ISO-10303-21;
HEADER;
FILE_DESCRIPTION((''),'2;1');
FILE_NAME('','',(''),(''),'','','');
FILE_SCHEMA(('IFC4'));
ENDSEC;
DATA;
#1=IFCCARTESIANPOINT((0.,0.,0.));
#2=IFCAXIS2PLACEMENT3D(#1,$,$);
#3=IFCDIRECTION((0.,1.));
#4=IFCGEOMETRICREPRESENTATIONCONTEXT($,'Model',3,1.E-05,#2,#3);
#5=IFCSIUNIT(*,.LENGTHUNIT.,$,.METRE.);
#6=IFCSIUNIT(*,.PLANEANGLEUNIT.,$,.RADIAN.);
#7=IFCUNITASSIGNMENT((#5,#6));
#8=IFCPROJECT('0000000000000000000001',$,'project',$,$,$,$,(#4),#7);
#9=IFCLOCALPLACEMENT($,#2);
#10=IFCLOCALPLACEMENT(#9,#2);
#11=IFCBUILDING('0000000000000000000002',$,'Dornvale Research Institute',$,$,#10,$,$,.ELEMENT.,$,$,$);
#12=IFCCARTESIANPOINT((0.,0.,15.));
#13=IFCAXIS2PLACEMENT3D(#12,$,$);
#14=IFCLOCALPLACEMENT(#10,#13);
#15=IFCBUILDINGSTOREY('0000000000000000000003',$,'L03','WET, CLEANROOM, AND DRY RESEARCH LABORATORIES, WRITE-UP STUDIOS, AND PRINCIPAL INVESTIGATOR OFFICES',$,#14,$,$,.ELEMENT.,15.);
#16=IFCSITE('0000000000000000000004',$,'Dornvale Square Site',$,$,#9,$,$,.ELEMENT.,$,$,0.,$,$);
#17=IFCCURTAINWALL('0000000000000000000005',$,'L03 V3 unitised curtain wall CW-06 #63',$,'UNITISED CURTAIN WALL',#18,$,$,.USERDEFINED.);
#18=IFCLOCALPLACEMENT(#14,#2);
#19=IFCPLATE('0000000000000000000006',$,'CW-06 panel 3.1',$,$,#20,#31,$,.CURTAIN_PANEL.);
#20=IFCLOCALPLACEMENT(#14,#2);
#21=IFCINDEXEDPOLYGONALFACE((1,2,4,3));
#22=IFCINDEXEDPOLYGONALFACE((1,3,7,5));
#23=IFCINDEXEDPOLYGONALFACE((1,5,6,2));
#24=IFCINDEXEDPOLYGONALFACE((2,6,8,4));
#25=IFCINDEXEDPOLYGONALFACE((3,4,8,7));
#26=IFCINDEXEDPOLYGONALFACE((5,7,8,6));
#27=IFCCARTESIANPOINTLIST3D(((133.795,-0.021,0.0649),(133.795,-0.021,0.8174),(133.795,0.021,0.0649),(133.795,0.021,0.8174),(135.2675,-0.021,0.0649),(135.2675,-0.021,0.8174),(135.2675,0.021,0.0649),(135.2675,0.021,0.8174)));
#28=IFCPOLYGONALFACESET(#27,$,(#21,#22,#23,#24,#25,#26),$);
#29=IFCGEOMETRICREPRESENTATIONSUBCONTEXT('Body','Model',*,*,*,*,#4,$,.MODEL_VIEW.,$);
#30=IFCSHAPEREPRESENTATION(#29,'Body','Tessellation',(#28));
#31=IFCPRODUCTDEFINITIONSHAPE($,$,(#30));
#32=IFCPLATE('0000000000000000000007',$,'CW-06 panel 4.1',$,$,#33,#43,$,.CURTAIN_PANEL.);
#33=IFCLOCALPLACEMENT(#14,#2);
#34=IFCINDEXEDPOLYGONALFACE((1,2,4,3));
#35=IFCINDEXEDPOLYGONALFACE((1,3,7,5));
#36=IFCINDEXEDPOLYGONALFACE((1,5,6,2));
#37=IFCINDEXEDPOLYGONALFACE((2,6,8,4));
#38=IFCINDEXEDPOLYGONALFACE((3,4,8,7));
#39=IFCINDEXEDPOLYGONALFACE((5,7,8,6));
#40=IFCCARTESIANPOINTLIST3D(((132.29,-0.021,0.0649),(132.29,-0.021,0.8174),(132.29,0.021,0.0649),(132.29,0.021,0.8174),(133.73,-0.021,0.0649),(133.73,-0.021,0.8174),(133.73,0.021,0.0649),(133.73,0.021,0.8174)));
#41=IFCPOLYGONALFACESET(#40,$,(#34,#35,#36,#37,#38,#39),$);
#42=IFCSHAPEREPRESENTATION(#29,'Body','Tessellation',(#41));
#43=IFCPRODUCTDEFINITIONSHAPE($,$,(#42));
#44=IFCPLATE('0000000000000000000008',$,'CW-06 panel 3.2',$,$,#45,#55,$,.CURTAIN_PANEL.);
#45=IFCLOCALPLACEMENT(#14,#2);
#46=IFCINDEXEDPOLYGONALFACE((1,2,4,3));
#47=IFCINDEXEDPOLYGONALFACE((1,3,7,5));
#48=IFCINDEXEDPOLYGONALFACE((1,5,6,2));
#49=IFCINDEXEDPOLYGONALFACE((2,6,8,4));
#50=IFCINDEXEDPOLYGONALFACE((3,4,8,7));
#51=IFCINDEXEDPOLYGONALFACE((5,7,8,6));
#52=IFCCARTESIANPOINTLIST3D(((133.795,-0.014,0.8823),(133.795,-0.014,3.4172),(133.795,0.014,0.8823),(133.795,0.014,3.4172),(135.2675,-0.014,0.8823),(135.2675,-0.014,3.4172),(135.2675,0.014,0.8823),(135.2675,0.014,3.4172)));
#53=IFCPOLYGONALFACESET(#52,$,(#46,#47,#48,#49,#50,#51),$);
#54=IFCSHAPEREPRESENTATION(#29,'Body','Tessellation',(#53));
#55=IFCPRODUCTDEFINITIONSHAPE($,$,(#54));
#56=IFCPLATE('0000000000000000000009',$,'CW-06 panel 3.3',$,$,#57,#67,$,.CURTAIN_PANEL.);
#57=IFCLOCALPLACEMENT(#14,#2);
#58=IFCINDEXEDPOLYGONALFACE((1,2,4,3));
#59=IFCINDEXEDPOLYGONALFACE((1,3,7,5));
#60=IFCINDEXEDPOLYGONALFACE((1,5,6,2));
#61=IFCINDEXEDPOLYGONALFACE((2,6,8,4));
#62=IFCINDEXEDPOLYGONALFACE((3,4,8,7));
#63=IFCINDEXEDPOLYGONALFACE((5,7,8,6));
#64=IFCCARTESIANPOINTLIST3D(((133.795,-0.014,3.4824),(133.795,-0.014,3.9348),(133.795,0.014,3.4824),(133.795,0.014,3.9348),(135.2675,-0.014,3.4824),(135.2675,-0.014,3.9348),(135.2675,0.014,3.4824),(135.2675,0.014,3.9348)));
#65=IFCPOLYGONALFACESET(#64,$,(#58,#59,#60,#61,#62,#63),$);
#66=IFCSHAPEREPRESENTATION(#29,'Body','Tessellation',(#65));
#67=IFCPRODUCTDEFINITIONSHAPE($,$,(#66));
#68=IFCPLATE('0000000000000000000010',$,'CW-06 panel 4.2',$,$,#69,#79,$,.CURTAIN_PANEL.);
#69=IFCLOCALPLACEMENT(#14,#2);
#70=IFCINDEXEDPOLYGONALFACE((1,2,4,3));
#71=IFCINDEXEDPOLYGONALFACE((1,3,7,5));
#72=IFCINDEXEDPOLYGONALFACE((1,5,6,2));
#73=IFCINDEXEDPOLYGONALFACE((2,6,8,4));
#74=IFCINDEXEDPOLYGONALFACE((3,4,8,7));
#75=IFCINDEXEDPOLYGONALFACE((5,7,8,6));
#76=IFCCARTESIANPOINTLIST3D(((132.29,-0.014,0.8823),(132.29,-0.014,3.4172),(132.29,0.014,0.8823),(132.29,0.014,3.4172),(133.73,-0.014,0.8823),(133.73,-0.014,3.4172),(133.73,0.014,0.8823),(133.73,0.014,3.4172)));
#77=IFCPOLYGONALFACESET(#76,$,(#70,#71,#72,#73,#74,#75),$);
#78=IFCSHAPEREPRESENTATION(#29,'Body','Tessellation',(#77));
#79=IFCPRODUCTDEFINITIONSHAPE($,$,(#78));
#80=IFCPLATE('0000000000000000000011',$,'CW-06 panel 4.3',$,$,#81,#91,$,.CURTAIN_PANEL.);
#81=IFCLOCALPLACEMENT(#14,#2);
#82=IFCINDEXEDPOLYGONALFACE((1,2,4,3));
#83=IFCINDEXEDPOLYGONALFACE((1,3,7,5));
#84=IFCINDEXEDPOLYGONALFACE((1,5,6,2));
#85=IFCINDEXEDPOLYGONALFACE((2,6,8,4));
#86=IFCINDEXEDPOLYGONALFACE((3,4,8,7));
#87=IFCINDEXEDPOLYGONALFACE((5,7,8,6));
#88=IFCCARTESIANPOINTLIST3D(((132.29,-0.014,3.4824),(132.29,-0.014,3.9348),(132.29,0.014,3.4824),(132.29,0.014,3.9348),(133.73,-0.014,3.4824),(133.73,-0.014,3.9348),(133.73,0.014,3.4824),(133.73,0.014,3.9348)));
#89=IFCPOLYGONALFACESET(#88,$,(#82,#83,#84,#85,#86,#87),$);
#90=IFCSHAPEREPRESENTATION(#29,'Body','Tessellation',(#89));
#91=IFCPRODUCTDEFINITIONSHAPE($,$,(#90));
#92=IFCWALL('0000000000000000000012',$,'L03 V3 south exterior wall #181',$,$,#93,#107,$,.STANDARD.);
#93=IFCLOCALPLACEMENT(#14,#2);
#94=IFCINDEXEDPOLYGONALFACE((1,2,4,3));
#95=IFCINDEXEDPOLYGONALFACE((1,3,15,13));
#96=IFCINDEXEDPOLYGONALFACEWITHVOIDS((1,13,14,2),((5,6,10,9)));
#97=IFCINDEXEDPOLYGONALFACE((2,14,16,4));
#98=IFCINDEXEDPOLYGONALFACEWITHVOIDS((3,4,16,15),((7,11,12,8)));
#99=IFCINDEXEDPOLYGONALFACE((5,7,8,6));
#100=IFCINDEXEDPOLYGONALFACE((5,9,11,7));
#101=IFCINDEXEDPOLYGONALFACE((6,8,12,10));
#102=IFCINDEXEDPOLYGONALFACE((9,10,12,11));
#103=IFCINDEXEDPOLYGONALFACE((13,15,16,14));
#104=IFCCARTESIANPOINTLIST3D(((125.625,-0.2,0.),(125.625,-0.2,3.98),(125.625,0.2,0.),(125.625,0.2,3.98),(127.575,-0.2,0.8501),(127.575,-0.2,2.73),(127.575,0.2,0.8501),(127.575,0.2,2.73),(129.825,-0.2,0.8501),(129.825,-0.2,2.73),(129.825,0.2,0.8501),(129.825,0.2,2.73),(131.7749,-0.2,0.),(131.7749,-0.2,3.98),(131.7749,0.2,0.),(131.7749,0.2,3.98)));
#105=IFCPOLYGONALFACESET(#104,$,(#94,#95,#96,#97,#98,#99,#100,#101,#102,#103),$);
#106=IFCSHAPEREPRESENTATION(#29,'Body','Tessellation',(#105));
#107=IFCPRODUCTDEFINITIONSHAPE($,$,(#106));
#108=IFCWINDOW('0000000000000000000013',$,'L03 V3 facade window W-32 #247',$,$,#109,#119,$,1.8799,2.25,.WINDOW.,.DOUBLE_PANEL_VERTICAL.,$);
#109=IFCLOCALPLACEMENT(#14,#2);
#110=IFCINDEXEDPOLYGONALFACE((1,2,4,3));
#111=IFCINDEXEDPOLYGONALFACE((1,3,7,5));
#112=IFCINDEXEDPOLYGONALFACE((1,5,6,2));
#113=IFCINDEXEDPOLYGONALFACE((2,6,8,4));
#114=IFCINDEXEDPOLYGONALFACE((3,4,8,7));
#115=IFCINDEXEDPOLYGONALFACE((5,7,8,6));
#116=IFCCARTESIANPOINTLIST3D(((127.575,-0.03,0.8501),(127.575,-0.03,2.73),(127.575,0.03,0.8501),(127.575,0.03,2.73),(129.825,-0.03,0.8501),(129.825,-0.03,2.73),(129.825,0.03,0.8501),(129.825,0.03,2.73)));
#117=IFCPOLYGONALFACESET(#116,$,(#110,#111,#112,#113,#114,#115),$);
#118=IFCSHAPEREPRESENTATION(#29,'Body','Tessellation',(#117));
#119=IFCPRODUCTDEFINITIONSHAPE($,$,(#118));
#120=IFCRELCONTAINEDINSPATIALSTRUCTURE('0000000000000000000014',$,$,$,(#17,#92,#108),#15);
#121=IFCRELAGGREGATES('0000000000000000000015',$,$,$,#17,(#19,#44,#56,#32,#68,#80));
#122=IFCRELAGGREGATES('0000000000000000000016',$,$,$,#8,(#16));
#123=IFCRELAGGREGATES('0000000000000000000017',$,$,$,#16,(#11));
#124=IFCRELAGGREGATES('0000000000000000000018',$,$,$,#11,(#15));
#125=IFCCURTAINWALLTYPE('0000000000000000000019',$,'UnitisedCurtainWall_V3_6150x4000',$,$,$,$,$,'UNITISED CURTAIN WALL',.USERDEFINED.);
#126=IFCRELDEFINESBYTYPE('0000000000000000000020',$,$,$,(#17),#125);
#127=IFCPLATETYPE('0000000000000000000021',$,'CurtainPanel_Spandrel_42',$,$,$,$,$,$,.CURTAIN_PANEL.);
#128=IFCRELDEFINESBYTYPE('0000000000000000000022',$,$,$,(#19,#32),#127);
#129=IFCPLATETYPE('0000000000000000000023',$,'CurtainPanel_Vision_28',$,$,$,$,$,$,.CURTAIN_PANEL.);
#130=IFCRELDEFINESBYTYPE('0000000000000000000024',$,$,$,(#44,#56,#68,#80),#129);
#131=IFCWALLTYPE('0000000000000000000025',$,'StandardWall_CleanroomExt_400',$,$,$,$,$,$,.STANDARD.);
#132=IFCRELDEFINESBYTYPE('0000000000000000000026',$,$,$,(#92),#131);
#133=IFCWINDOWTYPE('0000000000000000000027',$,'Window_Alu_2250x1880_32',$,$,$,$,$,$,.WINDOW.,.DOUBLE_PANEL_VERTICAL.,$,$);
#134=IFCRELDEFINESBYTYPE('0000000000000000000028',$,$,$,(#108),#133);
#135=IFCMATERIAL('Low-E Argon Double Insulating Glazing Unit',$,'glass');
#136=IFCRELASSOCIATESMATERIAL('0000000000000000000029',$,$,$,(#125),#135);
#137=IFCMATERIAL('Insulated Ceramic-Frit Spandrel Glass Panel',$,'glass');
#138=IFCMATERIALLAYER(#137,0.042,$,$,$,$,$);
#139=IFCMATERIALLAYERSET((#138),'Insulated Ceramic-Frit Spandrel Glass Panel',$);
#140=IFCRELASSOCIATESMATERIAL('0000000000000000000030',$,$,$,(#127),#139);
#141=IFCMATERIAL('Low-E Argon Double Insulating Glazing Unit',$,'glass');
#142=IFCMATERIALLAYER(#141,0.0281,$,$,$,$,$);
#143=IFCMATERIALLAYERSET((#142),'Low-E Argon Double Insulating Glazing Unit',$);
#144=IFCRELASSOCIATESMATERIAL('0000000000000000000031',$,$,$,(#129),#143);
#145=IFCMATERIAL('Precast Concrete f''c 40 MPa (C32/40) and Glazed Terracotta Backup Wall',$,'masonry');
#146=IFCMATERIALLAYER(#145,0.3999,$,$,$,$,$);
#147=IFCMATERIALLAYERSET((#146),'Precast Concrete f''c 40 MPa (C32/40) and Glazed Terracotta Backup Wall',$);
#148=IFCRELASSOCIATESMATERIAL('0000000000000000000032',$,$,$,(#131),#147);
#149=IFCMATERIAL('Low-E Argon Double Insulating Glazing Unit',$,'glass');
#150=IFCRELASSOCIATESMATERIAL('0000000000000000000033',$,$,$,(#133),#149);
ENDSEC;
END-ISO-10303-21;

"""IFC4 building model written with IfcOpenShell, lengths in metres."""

from ifc_helpers import new_model, si_unit, direction, frame, frame_2d, origin, origin_2d, place, context, subcontext, project, spatial, rectangle, extrude, material, layer, layer_set, type_object, element, fill, aggregate, save


model = new_model("IFC4")

# Units and contexts
model_context = context("Model", 3, precision=1e-05, world=origin(), true_north=direction((0.0, 1.0)))
body_context = subcontext(model_context, "Body", "Model", "MODEL_VIEW")
ifc_project = project(units=[si_unit("LENGTHUNIT", "METRE"), si_unit("PLANEANGLEUNIT", "RADIAN")], contexts=[model_context])

# Site, building, storey
site_placement = place(None, origin())
site = spatial("IfcSite", under=ifc_project, at=site_placement, Name="Dornvale Square Site", CompositionType="ELEMENT", RefElevation=0.0)
building_placement = place(site_placement, origin())
building = spatial("IfcBuilding", under=site, at=building_placement, Name="Dornvale Research Institute", CompositionType="ELEMENT")
storey_placement = place(building_placement, frame((0.0, 0.0, 15.0)))
storey = spatial("IfcBuildingStorey", under=building, at=storey_placement, Name="L03", Description="WET, CLEANROOM, AND DRY RESEARCH LABORATORIES, WRITE-UP STUDIOS, AND PRINCIPAL INVESTIGATOR OFFICES", CompositionType="ELEMENT", Elevation=15.0)

# Curtain wall
ifc_material_1 = material(Name="Low-E Argon Double Insulating Glazing Unit", Category="glass")
curtain_wall_type = type_object("IfcCurtainWallType", Name="UnitisedCurtainWall_V3_6150x4000", ElementType="UNITISED CURTAIN WALL", PredefinedType="USERDEFINED", material=ifc_material_1)
curtain_wall_placement = place(storey_placement, origin())
curtain_wall = element("IfcCurtainWall", 1, at=curtain_wall_placement, inside=storey, type_object=curtain_wall_type, Name="L03 V3 unitised curtain wall CW-06 #63", ObjectType="UNITISED CURTAIN WALL", PredefinedType="USERDEFINED")

# Plates
ifc_material_2 = material(Name="Insulated Ceramic-Frit Spandrel Glass Panel", Category="glass")
ifc_layer_1 = layer(ifc_material_2, 0.042)
ifc_layer_set_1 = layer_set([ifc_layer_1], Name="Insulated Ceramic-Frit Spandrel Glass Panel")
plate_type_1 = type_object("IfcPlateType", Name="CurtainPanel_Spandrel_42", PredefinedType="CURTAIN_PANEL", material=ifc_layer_set_1)
plate_1_placement = place(storey_placement, frame((134.5312, 0.0, 0.0649), z_axis=(0.0, 0.0, 1.0), x_axis=(-1.0, 0.0, 0.0)))
plate_1 = element("IfcPlate", 2, at=plate_1_placement, type_object=plate_type_1, Name="CW-06 panel 3.1", PredefinedType="CURTAIN_PANEL", context=body_context, shape_type="SweptSolid", body=[
    extrude(rectangle(XDim=1.4724, YDim=0.042, at=origin_2d()), origin(), (0.0, 0.0, 1.0), 0.7524),
])
plate_2_placement = place(storey_placement, frame((133.01, 0.0, 0.0649), z_axis=(0.0, 0.0, 1.0), x_axis=(-1.0, 0.0, 0.0)))
plate_2 = element("IfcPlate", 3, at=plate_2_placement, type_object=plate_type_1, Name="CW-06 panel 4.1", PredefinedType="CURTAIN_PANEL", context=body_context, shape_type="SweptSolid", body=[
    extrude(rectangle(XDim=1.4399, YDim=0.042, at=origin_2d()), origin(), (0.0, 0.0, 1.0), 0.7524),
])
ifc_material_3 = material(Name="Low-E Argon Double Insulating Glazing Unit", Category="glass")
ifc_layer_2 = layer(ifc_material_3, 0.0281)
ifc_layer_set_2 = layer_set([ifc_layer_2], Name="Low-E Argon Double Insulating Glazing Unit")
plate_type_2 = type_object("IfcPlateType", Name="CurtainPanel_Vision_28", PredefinedType="CURTAIN_PANEL", material=ifc_layer_set_2)
plate_3_placement = place(storey_placement, frame((134.5312, 0.0, 0.8823), z_axis=(0.0, 0.0, 1.0), x_axis=(-1.0, 0.0, 0.0)))
plate_3 = element("IfcPlate", 4, at=plate_3_placement, type_object=plate_type_2, Name="CW-06 panel 3.2", PredefinedType="CURTAIN_PANEL", context=body_context, shape_type="SweptSolid", body=[
    extrude(rectangle(XDim=1.4724, YDim=0.0281, at=origin_2d()), origin(), (0.0, 0.0, 1.0), 2.5349),
])
plate_4_placement = place(storey_placement, frame((134.5312, 0.0, 3.4824), z_axis=(0.0, 0.0, 1.0), x_axis=(-1.0, 0.0, 0.0)))
plate_4 = element("IfcPlate", 5, at=plate_4_placement, type_object=plate_type_2, Name="CW-06 panel 3.3", PredefinedType="CURTAIN_PANEL", context=body_context, shape_type="SweptSolid", body=[
    extrude(rectangle(XDim=1.4724, YDim=0.0281, at=origin_2d()), origin(), (0.0, 0.0, 1.0), 0.4524),
])
plate_5_placement = place(storey_placement, frame((133.01, 0.0, 0.8823), z_axis=(0.0, 0.0, 1.0), x_axis=(-1.0, 0.0, 0.0)))
plate_5 = element("IfcPlate", 6, at=plate_5_placement, type_object=plate_type_2, Name="CW-06 panel 4.2", PredefinedType="CURTAIN_PANEL", context=body_context, shape_type="SweptSolid", body=[
    extrude(rectangle(XDim=1.4399, YDim=0.0281, at=origin_2d()), origin(), (0.0, 0.0, 1.0), 2.5349),
])
plate_6_placement = place(storey_placement, frame((133.01, 0.0, 3.4824), z_axis=(0.0, 0.0, 1.0), x_axis=(-1.0, 0.0, 0.0)))
plate_6 = element("IfcPlate", 7, at=plate_6_placement, type_object=plate_type_2, Name="CW-06 panel 4.3", PredefinedType="CURTAIN_PANEL", context=body_context, shape_type="SweptSolid", body=[
    extrude(rectangle(XDim=1.4399, YDim=0.0281, at=origin_2d()), origin(), (0.0, 0.0, 1.0), 0.4524),
])
aggregate(curtain_wall, [plate_1, plate_3, plate_4, plate_2, plate_5, plate_6])

# Wall, opening, window
ifc_material_4 = material(Name="Precast Concrete f'c 40 MPa (C32/40) and Glazed Terracotta Backup Wall", Category="masonry")
ifc_layer_3 = layer(ifc_material_4, 0.3999)
ifc_layer_set_3 = layer_set([ifc_layer_3], Name="Precast Concrete f'c 40 MPa (C32/40) and Glazed Terracotta Backup Wall")
wall_type = type_object("IfcWallType", Name="StandardWall_CleanroomExt_400", PredefinedType="STANDARD", material=ifc_layer_set_3)
wall_placement = place(storey_placement, frame((131.7749, 0.0, 0.0), z_axis=(0.0, 0.0, 1.0), x_axis=(-1.0, 0.0, 0.0)))
wall = element("IfcWall", 8, at=wall_placement, inside=storey, type_object=wall_type, Name="L03 V3 south exterior wall #181", PredefinedType="STANDARD", context=body_context, shape_type="SweptSolid", body=[
    extrude(rectangle(XDim=6.1499, YDim=0.3999, at=frame_2d((3.075, 0.0))), origin(), (0.0, 0.0, 1.0), 3.98),
])
opening_placement = place(wall_placement, frame((1.95, 0.0, 0.8501)))
opening = element("IfcOpeningElement", 9, at=opening_placement, cuts=wall, PredefinedType="OPENING", context=body_context, shape_type="SweptSolid", body=[
    extrude(rectangle(XDim=2.25, YDim=1.8799, at=frame_2d((1.125, 0.9399))), frame((0.0, 0.2148, 0.0), z_axis=(0.0, -1.0, 0.0), x_axis=(1.0, 0.0, 0.0)), (0.0, 0.0, 1.0), 0.4299),
])
ifc_material_5 = material(Name="Low-E Argon Double Insulating Glazing Unit", Category="glass")
window_type = type_object("IfcWindowType", Name="Window_Alu_2250x1880_32", PartitioningType="DOUBLE_PANEL_VERTICAL", PredefinedType="WINDOW", material=ifc_material_5)
window_placement = place(opening_placement, origin())
window = element("IfcWindow", 10, at=window_placement, inside=storey, type_object=window_type, Name="L03 V3 facade window W-32 #247", OverallHeight=1.8799, OverallWidth=2.25, PartitioningType="DOUBLE_PANEL_VERTICAL", PredefinedType="WINDOW", context=body_context, shape_type="SweptSolid", body=[
    extrude(rectangle(XDim=2.25, YDim=1.8799, at=frame_2d((1.125, 0.9399))), frame((0.0, 0.03, 0.0), z_axis=(0.0, -1.0, 0.0), x_axis=(1.0, 0.0, 0.0)), (0.0, 0.0, 1.0), 0.0601),
])
fill(opening, window)

save(model, "model.ifc")
